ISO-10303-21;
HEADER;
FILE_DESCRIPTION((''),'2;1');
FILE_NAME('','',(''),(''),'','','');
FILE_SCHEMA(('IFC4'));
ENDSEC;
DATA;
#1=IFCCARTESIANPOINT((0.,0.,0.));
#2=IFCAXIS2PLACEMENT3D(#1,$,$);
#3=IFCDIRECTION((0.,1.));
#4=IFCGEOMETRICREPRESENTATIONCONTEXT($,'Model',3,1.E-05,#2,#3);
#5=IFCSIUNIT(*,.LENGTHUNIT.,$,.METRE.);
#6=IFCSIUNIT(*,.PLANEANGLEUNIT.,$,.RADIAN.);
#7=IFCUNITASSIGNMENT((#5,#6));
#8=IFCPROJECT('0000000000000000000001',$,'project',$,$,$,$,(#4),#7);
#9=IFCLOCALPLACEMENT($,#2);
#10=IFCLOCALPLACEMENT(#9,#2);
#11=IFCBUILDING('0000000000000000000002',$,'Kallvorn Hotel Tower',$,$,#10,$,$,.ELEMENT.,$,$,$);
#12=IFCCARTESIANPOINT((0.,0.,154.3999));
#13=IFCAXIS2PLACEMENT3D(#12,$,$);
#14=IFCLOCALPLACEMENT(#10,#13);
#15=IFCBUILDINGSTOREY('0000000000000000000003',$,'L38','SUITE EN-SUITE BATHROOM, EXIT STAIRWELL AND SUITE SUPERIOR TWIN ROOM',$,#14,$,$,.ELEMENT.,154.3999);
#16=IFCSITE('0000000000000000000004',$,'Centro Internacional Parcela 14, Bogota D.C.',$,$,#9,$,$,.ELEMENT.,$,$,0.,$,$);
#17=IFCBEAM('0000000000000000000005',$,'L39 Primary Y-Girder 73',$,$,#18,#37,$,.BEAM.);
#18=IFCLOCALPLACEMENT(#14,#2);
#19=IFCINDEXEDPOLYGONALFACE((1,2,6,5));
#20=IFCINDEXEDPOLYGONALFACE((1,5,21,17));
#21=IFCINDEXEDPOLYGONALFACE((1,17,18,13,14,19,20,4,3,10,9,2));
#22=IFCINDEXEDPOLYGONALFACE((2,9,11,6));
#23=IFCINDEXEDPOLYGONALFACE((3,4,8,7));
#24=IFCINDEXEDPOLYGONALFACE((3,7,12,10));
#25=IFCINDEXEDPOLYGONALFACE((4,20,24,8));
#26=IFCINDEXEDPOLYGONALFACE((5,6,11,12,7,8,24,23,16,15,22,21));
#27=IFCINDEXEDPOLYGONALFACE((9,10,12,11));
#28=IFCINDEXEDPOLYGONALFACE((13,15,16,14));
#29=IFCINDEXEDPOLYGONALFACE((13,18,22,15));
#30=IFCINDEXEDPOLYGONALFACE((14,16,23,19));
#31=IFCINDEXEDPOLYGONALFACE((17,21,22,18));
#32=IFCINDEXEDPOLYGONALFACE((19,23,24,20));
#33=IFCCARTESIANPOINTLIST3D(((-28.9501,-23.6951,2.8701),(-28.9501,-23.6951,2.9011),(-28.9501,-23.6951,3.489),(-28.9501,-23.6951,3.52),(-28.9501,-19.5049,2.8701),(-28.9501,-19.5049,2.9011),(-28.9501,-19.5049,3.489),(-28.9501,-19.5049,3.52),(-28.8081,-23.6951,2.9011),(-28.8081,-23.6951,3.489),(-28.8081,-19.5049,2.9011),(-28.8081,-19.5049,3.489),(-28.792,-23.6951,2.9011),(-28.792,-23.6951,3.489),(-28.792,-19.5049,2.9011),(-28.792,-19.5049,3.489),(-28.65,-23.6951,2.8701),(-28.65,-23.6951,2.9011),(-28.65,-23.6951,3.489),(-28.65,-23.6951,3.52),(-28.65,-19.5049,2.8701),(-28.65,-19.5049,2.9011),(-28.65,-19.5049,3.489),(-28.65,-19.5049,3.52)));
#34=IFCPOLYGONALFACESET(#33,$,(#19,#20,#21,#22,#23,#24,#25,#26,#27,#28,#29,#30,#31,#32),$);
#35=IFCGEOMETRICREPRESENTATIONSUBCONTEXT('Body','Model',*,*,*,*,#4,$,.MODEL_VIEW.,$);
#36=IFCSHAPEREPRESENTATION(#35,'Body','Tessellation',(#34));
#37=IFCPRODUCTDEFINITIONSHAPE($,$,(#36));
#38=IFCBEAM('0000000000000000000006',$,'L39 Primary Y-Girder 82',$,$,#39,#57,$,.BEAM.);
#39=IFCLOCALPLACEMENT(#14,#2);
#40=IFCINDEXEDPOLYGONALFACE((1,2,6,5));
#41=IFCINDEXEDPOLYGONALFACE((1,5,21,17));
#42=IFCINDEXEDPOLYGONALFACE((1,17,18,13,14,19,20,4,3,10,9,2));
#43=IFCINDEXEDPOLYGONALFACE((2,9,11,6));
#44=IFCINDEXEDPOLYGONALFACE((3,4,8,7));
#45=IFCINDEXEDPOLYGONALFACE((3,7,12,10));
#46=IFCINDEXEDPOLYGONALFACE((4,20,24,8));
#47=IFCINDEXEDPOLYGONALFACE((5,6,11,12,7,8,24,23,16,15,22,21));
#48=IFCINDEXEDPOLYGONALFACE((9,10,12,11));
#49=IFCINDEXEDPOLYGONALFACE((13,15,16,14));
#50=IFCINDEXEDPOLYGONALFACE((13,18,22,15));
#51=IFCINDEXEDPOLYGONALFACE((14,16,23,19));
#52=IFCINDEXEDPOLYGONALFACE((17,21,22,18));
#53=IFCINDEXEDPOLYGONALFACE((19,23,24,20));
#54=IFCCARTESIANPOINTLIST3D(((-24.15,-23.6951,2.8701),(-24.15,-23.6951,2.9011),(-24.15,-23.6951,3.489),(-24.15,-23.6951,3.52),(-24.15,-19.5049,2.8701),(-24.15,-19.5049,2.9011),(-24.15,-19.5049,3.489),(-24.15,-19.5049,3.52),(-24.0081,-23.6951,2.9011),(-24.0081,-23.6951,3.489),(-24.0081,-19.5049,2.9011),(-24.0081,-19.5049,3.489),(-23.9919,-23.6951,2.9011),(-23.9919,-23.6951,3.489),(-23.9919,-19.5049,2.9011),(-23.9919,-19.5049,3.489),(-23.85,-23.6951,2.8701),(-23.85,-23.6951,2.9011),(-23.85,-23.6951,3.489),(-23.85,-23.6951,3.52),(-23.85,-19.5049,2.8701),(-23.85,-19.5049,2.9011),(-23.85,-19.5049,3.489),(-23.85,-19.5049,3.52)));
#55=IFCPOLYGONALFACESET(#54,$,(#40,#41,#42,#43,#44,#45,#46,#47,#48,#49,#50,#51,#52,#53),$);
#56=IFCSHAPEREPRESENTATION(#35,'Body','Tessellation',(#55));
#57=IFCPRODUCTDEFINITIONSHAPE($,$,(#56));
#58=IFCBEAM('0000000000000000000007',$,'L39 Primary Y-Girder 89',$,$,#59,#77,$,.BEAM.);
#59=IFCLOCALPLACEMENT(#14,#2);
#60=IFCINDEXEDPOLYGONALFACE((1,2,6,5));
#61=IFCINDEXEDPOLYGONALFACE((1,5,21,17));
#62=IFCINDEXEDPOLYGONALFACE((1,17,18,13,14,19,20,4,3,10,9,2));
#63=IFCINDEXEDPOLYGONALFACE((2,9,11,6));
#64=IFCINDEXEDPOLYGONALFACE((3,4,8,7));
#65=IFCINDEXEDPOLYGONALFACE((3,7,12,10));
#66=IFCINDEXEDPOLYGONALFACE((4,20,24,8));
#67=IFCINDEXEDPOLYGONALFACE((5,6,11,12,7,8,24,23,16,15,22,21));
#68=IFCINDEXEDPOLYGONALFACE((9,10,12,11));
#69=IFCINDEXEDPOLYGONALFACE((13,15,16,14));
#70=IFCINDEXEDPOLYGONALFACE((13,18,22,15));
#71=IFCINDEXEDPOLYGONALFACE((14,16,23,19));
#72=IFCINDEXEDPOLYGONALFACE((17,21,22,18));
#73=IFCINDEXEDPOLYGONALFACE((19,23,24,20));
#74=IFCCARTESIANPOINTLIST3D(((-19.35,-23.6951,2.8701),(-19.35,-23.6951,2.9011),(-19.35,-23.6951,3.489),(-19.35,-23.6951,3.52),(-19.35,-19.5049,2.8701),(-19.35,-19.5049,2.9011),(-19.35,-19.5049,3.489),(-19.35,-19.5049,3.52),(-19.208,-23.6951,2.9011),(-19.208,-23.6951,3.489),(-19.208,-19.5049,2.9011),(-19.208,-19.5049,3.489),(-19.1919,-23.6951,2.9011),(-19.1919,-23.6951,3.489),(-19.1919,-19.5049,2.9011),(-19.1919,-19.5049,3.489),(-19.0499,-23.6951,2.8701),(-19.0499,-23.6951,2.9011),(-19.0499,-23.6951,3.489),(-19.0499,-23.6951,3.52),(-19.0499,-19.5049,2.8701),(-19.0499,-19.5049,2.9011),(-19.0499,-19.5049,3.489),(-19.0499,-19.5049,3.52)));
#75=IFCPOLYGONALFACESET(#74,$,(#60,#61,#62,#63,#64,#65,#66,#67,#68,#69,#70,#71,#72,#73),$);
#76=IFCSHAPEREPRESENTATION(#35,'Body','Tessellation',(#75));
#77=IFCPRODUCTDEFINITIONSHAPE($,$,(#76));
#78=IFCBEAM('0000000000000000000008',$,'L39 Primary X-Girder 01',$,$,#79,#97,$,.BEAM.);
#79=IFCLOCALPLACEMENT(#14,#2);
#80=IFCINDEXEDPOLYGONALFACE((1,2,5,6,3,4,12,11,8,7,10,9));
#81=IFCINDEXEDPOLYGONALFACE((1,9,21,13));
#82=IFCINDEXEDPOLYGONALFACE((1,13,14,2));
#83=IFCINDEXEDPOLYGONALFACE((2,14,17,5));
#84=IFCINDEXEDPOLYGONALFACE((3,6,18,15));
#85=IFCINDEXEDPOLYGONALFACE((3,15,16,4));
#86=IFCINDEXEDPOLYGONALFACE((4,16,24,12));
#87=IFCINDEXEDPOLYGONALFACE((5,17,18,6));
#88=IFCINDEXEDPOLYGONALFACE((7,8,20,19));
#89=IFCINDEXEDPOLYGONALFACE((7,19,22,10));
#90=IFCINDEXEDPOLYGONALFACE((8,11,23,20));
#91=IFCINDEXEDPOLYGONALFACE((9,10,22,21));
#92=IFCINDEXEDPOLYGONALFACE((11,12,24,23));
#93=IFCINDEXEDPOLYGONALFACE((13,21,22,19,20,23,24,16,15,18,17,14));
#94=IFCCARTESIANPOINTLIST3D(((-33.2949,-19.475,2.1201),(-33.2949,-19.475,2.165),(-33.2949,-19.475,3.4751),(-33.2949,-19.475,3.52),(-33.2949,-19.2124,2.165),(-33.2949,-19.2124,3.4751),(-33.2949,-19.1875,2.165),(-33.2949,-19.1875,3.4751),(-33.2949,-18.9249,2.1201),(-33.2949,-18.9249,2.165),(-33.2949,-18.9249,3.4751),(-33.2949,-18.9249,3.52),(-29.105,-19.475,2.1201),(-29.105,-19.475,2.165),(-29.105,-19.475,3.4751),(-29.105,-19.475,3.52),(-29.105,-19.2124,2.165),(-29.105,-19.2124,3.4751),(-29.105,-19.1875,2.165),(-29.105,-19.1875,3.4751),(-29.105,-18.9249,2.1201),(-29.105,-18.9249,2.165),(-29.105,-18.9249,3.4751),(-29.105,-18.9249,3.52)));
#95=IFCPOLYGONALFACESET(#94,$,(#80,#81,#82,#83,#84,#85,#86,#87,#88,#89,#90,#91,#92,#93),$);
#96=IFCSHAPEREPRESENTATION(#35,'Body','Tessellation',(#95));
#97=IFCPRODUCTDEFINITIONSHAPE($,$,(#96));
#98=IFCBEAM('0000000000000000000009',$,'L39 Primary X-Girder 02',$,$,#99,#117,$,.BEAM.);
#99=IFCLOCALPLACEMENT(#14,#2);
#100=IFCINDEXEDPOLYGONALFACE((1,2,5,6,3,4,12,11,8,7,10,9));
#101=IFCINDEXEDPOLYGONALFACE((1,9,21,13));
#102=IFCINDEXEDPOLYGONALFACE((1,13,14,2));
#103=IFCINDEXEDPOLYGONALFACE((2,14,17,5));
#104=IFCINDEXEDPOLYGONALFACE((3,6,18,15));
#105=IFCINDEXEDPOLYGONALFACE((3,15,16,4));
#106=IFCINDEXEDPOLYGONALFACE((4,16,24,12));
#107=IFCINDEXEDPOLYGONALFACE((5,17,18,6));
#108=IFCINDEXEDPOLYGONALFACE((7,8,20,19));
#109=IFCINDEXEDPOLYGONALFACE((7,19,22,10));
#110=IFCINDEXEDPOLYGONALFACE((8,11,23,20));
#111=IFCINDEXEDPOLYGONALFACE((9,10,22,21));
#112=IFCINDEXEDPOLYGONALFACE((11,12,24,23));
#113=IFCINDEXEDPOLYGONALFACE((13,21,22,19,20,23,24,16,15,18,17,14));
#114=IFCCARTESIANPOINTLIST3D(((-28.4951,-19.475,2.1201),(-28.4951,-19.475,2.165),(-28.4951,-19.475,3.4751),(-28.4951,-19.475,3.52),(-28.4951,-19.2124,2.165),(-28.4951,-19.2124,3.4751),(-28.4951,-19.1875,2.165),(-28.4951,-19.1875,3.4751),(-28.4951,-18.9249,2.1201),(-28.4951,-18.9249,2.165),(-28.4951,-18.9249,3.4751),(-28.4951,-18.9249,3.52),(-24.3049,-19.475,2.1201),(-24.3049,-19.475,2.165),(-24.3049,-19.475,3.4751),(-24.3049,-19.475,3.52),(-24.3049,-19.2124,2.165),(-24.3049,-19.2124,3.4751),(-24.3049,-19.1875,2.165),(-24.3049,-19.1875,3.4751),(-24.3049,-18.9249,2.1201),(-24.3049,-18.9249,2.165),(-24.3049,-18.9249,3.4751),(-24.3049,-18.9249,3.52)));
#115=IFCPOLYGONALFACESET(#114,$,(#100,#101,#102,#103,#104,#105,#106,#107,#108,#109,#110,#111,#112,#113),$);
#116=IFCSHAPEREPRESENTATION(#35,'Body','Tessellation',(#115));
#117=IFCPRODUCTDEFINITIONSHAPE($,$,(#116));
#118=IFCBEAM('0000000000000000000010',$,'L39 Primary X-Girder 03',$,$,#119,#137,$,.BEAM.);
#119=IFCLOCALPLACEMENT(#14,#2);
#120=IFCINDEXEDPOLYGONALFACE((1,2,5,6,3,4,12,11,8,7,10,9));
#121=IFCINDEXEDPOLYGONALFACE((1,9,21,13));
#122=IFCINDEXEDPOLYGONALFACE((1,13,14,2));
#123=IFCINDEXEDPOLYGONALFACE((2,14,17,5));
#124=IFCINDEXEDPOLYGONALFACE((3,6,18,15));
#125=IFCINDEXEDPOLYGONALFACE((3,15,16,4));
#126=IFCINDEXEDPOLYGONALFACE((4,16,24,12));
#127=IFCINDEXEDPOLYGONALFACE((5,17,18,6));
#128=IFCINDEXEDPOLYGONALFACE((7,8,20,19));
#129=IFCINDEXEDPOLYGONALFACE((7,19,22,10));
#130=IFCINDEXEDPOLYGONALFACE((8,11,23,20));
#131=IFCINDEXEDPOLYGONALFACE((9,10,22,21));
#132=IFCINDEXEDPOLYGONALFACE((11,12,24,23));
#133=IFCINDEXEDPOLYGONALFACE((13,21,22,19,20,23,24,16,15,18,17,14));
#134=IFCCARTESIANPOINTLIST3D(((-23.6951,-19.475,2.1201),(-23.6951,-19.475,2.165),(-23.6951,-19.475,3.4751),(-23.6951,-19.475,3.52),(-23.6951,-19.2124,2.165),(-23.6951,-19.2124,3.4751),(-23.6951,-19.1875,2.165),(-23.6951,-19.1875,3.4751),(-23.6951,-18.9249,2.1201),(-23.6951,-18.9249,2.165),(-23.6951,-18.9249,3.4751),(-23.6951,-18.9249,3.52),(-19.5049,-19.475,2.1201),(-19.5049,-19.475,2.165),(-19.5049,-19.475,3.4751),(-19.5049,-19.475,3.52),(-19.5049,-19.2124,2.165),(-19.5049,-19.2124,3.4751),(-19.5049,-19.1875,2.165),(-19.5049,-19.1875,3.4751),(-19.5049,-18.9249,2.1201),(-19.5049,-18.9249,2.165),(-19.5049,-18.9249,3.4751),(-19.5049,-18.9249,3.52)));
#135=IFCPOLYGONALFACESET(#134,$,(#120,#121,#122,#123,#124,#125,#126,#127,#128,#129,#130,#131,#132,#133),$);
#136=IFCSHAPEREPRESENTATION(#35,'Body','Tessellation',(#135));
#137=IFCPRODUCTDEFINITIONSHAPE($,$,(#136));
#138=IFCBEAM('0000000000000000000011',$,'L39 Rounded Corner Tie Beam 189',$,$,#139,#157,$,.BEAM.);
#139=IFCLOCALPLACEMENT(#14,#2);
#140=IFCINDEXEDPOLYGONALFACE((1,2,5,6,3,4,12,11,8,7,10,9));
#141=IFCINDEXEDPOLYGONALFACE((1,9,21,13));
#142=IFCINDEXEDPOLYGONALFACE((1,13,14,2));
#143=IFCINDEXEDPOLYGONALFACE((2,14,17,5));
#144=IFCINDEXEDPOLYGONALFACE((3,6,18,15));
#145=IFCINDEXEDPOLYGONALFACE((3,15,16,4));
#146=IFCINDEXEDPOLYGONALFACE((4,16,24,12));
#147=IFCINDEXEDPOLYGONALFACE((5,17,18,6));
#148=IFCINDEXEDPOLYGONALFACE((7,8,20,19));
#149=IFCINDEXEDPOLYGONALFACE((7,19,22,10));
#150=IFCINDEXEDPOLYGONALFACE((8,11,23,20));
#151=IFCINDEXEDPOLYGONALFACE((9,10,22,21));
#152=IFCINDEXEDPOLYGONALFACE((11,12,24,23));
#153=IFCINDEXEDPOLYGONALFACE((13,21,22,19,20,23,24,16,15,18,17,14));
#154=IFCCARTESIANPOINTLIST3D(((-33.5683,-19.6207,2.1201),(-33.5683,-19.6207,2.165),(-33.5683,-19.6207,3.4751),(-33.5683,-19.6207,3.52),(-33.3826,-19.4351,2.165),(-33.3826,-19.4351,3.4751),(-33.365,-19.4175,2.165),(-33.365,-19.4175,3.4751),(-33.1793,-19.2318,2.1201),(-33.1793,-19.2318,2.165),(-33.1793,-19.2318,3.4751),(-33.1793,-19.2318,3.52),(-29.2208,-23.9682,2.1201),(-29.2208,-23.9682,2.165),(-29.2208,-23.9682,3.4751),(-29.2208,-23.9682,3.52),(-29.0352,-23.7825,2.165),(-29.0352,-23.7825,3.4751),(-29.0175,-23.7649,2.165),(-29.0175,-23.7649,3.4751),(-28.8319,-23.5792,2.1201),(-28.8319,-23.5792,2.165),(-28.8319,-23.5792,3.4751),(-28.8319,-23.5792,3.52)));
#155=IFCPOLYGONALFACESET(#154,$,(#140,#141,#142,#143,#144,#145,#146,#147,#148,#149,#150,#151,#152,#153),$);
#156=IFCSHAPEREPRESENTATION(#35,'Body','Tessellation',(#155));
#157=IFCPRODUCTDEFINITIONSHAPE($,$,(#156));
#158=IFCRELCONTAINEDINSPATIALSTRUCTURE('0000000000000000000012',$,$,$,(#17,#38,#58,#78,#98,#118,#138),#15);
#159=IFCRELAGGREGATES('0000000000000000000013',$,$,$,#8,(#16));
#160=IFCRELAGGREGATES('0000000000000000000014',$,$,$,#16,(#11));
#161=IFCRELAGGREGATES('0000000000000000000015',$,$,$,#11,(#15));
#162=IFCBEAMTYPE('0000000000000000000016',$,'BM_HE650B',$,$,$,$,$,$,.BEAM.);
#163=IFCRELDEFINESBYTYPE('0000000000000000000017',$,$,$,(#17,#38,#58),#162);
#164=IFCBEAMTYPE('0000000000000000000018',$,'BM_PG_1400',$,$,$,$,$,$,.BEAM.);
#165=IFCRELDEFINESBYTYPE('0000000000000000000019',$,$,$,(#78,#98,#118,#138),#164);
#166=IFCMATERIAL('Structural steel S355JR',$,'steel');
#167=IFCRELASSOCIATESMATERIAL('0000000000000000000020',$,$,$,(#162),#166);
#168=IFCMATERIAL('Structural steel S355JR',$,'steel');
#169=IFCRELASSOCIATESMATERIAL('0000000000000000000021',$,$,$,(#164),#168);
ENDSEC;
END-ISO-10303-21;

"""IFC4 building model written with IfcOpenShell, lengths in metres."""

from ifc_helpers import new_model, si_unit, direction, frame, origin, origin_2d, place, context, subcontext, project, spatial, i_section, extrude, material, material_profile, profile_set, type_object, element, save


model = new_model("IFC4")

# Units and contexts
model_context = context("Model", 3, precision=1e-05, world=origin(), true_north=direction((0.0, 1.0)))
body_context = subcontext(model_context, "Body", "Model", "MODEL_VIEW")
ifc_project = project(units=[si_unit("LENGTHUNIT", "METRE"), si_unit("PLANEANGLEUNIT", "RADIAN")], contexts=[model_context])

# Site, building, storey
site_placement = place(None, origin())
site = spatial("IfcSite", under=ifc_project, at=site_placement, Name="Centro Internacional Parcela 14, Bogota D.C.", CompositionType="ELEMENT", RefElevation=0.0)
building_placement = place(site_placement, origin())
building = spatial("IfcBuilding", under=site, at=building_placement, Name="Kallvorn Hotel Tower", CompositionType="ELEMENT")
storey_placement = place(building_placement, frame((0.0, 0.0, 154.3999)))
storey = spatial("IfcBuildingStorey", under=building, at=storey_placement, Name="L38", Description="SUITE EN-SUITE BATHROOM, EXIT STAIRWELL AND SUITE SUPERIOR TWIN ROOM", CompositionType="ELEMENT", Elevation=154.3999)

# Beams
ifc_material_1 = material(Name="Structural steel S355JR", Category="steel")
ifc_material_profile_1 = material_profile(ifc_material_1, i_section(OverallWidth=0.3, OverallDepth=0.6499, WebThickness=0.0161, FlangeThickness=0.031, at=origin_2d()), Name="HE 650 B")
ifc_profile_set_1 = profile_set([ifc_material_profile_1], Name="Structural steel S355JR")
beam_type_1 = type_object("IfcBeamType", Name="BM_HE650B", PredefinedType="BEAM", material=ifc_profile_set_1)
for number, where, z_axis, x_axis, name in (
    (1, (-28.8, -23.6951, 3.1951), (0.0, 1.0, 0.0), (-1.0, 0.0, 0.0), "L39 Primary Y-Girder 73"),
    (2, (-24.0, -23.6951, 3.1951), (0.0, 1.0, 0.0), (-1.0, 0.0, 0.0), "L39 Primary Y-Girder 82"),
    (3, (-19.2, -23.6951, 3.1951), (0.0, 1.0, 0.0), (-1.0, 0.0, 0.0), "L39 Primary Y-Girder 89"),
):
    element("IfcBeam", number, at=place(storey_placement, frame(where, z_axis=z_axis, x_axis=x_axis)), inside=storey, type_object=beam_type_1, Name=name, PredefinedType="BEAM", context=body_context, shape_type="SweptSolid", body=[
        extrude(i_section(OverallWidth=0.3, OverallDepth=0.6499, WebThickness=0.0161, FlangeThickness=0.031, at=origin_2d()), origin(), (0.0, 0.0, 1.0), 4.1902),
    ])
ifc_material_2 = material(Name="Structural steel S355JR", Category="steel")
ifc_material_profile_2 = material_profile(ifc_material_2, i_section(OverallWidth=0.55, OverallDepth=1.3999, WebThickness=0.0249, FlangeThickness=0.0449, at=origin_2d()), Name="PG 1400x550x25x45")
ifc_profile_set_2 = profile_set([ifc_material_profile_2], Name="Structural steel S355JR")
beam_type_2 = type_object("IfcBeamType", Name="BM_PG_1400", PredefinedType="BEAM", material=ifc_profile_set_2)
beam_1_placement = place(storey_placement, frame((-33.2949, -19.2, 2.8201), z_axis=(1.0, 0.0, 0.0), x_axis=(0.0, 1.0, 0.0)))
element("IfcBeam", 4, at=beam_1_placement, inside=storey, type_object=beam_type_2, Name="L39 Primary X-Girder 01", PredefinedType="BEAM", context=body_context, shape_type="SweptSolid", body=[
    extrude(i_section(OverallWidth=0.55, OverallDepth=1.3999, WebThickness=0.0249, FlangeThickness=0.0449, at=origin_2d()), origin(), (0.0, 0.0, 1.0), 4.1899),
])
for number, where, z_axis, x_axis, name in (
    (5, (-28.4951, -19.2, 2.8201), (1.0, 0.0, 0.0), (0.0, 1.0, 0.0), "L39 Primary X-Girder 02"),
    (6, (-23.6951, -19.2, 2.8201), (1.0, 0.0, 0.0), (0.0, 1.0, 0.0), "L39 Primary X-Girder 03"),
):
    element("IfcBeam", number, at=place(storey_placement, frame(where, z_axis=z_axis, x_axis=x_axis)), inside=storey, type_object=beam_type_2, Name=name, PredefinedType="BEAM", context=body_context, shape_type="SweptSolid", body=[
        extrude(i_section(OverallWidth=0.55, OverallDepth=1.3999, WebThickness=0.0249, FlangeThickness=0.0449, at=origin_2d()), origin(), (0.0, 0.0, 1.0), 4.1902),
    ])
beam_2_placement = place(storey_placement, frame((-33.3738, -19.4263, 2.8201), z_axis=(0.707107, -0.707107, 0.0), x_axis=(0.707107, 0.707107, 0.0)))
element("IfcBeam", 7, at=beam_2_placement, inside=storey, type_object=beam_type_2, Name="L39 Rounded Corner Tie Beam 189", PredefinedType="BEAM", context=body_context, shape_type="SweptSolid", body=[
    extrude(i_section(OverallWidth=0.55, OverallDepth=1.3999, WebThickness=0.0249, FlangeThickness=0.0449, at=origin_2d()), origin(), (0.0, 0.0, 1.0), 6.1482),
])

save(model, "model.ifc")
